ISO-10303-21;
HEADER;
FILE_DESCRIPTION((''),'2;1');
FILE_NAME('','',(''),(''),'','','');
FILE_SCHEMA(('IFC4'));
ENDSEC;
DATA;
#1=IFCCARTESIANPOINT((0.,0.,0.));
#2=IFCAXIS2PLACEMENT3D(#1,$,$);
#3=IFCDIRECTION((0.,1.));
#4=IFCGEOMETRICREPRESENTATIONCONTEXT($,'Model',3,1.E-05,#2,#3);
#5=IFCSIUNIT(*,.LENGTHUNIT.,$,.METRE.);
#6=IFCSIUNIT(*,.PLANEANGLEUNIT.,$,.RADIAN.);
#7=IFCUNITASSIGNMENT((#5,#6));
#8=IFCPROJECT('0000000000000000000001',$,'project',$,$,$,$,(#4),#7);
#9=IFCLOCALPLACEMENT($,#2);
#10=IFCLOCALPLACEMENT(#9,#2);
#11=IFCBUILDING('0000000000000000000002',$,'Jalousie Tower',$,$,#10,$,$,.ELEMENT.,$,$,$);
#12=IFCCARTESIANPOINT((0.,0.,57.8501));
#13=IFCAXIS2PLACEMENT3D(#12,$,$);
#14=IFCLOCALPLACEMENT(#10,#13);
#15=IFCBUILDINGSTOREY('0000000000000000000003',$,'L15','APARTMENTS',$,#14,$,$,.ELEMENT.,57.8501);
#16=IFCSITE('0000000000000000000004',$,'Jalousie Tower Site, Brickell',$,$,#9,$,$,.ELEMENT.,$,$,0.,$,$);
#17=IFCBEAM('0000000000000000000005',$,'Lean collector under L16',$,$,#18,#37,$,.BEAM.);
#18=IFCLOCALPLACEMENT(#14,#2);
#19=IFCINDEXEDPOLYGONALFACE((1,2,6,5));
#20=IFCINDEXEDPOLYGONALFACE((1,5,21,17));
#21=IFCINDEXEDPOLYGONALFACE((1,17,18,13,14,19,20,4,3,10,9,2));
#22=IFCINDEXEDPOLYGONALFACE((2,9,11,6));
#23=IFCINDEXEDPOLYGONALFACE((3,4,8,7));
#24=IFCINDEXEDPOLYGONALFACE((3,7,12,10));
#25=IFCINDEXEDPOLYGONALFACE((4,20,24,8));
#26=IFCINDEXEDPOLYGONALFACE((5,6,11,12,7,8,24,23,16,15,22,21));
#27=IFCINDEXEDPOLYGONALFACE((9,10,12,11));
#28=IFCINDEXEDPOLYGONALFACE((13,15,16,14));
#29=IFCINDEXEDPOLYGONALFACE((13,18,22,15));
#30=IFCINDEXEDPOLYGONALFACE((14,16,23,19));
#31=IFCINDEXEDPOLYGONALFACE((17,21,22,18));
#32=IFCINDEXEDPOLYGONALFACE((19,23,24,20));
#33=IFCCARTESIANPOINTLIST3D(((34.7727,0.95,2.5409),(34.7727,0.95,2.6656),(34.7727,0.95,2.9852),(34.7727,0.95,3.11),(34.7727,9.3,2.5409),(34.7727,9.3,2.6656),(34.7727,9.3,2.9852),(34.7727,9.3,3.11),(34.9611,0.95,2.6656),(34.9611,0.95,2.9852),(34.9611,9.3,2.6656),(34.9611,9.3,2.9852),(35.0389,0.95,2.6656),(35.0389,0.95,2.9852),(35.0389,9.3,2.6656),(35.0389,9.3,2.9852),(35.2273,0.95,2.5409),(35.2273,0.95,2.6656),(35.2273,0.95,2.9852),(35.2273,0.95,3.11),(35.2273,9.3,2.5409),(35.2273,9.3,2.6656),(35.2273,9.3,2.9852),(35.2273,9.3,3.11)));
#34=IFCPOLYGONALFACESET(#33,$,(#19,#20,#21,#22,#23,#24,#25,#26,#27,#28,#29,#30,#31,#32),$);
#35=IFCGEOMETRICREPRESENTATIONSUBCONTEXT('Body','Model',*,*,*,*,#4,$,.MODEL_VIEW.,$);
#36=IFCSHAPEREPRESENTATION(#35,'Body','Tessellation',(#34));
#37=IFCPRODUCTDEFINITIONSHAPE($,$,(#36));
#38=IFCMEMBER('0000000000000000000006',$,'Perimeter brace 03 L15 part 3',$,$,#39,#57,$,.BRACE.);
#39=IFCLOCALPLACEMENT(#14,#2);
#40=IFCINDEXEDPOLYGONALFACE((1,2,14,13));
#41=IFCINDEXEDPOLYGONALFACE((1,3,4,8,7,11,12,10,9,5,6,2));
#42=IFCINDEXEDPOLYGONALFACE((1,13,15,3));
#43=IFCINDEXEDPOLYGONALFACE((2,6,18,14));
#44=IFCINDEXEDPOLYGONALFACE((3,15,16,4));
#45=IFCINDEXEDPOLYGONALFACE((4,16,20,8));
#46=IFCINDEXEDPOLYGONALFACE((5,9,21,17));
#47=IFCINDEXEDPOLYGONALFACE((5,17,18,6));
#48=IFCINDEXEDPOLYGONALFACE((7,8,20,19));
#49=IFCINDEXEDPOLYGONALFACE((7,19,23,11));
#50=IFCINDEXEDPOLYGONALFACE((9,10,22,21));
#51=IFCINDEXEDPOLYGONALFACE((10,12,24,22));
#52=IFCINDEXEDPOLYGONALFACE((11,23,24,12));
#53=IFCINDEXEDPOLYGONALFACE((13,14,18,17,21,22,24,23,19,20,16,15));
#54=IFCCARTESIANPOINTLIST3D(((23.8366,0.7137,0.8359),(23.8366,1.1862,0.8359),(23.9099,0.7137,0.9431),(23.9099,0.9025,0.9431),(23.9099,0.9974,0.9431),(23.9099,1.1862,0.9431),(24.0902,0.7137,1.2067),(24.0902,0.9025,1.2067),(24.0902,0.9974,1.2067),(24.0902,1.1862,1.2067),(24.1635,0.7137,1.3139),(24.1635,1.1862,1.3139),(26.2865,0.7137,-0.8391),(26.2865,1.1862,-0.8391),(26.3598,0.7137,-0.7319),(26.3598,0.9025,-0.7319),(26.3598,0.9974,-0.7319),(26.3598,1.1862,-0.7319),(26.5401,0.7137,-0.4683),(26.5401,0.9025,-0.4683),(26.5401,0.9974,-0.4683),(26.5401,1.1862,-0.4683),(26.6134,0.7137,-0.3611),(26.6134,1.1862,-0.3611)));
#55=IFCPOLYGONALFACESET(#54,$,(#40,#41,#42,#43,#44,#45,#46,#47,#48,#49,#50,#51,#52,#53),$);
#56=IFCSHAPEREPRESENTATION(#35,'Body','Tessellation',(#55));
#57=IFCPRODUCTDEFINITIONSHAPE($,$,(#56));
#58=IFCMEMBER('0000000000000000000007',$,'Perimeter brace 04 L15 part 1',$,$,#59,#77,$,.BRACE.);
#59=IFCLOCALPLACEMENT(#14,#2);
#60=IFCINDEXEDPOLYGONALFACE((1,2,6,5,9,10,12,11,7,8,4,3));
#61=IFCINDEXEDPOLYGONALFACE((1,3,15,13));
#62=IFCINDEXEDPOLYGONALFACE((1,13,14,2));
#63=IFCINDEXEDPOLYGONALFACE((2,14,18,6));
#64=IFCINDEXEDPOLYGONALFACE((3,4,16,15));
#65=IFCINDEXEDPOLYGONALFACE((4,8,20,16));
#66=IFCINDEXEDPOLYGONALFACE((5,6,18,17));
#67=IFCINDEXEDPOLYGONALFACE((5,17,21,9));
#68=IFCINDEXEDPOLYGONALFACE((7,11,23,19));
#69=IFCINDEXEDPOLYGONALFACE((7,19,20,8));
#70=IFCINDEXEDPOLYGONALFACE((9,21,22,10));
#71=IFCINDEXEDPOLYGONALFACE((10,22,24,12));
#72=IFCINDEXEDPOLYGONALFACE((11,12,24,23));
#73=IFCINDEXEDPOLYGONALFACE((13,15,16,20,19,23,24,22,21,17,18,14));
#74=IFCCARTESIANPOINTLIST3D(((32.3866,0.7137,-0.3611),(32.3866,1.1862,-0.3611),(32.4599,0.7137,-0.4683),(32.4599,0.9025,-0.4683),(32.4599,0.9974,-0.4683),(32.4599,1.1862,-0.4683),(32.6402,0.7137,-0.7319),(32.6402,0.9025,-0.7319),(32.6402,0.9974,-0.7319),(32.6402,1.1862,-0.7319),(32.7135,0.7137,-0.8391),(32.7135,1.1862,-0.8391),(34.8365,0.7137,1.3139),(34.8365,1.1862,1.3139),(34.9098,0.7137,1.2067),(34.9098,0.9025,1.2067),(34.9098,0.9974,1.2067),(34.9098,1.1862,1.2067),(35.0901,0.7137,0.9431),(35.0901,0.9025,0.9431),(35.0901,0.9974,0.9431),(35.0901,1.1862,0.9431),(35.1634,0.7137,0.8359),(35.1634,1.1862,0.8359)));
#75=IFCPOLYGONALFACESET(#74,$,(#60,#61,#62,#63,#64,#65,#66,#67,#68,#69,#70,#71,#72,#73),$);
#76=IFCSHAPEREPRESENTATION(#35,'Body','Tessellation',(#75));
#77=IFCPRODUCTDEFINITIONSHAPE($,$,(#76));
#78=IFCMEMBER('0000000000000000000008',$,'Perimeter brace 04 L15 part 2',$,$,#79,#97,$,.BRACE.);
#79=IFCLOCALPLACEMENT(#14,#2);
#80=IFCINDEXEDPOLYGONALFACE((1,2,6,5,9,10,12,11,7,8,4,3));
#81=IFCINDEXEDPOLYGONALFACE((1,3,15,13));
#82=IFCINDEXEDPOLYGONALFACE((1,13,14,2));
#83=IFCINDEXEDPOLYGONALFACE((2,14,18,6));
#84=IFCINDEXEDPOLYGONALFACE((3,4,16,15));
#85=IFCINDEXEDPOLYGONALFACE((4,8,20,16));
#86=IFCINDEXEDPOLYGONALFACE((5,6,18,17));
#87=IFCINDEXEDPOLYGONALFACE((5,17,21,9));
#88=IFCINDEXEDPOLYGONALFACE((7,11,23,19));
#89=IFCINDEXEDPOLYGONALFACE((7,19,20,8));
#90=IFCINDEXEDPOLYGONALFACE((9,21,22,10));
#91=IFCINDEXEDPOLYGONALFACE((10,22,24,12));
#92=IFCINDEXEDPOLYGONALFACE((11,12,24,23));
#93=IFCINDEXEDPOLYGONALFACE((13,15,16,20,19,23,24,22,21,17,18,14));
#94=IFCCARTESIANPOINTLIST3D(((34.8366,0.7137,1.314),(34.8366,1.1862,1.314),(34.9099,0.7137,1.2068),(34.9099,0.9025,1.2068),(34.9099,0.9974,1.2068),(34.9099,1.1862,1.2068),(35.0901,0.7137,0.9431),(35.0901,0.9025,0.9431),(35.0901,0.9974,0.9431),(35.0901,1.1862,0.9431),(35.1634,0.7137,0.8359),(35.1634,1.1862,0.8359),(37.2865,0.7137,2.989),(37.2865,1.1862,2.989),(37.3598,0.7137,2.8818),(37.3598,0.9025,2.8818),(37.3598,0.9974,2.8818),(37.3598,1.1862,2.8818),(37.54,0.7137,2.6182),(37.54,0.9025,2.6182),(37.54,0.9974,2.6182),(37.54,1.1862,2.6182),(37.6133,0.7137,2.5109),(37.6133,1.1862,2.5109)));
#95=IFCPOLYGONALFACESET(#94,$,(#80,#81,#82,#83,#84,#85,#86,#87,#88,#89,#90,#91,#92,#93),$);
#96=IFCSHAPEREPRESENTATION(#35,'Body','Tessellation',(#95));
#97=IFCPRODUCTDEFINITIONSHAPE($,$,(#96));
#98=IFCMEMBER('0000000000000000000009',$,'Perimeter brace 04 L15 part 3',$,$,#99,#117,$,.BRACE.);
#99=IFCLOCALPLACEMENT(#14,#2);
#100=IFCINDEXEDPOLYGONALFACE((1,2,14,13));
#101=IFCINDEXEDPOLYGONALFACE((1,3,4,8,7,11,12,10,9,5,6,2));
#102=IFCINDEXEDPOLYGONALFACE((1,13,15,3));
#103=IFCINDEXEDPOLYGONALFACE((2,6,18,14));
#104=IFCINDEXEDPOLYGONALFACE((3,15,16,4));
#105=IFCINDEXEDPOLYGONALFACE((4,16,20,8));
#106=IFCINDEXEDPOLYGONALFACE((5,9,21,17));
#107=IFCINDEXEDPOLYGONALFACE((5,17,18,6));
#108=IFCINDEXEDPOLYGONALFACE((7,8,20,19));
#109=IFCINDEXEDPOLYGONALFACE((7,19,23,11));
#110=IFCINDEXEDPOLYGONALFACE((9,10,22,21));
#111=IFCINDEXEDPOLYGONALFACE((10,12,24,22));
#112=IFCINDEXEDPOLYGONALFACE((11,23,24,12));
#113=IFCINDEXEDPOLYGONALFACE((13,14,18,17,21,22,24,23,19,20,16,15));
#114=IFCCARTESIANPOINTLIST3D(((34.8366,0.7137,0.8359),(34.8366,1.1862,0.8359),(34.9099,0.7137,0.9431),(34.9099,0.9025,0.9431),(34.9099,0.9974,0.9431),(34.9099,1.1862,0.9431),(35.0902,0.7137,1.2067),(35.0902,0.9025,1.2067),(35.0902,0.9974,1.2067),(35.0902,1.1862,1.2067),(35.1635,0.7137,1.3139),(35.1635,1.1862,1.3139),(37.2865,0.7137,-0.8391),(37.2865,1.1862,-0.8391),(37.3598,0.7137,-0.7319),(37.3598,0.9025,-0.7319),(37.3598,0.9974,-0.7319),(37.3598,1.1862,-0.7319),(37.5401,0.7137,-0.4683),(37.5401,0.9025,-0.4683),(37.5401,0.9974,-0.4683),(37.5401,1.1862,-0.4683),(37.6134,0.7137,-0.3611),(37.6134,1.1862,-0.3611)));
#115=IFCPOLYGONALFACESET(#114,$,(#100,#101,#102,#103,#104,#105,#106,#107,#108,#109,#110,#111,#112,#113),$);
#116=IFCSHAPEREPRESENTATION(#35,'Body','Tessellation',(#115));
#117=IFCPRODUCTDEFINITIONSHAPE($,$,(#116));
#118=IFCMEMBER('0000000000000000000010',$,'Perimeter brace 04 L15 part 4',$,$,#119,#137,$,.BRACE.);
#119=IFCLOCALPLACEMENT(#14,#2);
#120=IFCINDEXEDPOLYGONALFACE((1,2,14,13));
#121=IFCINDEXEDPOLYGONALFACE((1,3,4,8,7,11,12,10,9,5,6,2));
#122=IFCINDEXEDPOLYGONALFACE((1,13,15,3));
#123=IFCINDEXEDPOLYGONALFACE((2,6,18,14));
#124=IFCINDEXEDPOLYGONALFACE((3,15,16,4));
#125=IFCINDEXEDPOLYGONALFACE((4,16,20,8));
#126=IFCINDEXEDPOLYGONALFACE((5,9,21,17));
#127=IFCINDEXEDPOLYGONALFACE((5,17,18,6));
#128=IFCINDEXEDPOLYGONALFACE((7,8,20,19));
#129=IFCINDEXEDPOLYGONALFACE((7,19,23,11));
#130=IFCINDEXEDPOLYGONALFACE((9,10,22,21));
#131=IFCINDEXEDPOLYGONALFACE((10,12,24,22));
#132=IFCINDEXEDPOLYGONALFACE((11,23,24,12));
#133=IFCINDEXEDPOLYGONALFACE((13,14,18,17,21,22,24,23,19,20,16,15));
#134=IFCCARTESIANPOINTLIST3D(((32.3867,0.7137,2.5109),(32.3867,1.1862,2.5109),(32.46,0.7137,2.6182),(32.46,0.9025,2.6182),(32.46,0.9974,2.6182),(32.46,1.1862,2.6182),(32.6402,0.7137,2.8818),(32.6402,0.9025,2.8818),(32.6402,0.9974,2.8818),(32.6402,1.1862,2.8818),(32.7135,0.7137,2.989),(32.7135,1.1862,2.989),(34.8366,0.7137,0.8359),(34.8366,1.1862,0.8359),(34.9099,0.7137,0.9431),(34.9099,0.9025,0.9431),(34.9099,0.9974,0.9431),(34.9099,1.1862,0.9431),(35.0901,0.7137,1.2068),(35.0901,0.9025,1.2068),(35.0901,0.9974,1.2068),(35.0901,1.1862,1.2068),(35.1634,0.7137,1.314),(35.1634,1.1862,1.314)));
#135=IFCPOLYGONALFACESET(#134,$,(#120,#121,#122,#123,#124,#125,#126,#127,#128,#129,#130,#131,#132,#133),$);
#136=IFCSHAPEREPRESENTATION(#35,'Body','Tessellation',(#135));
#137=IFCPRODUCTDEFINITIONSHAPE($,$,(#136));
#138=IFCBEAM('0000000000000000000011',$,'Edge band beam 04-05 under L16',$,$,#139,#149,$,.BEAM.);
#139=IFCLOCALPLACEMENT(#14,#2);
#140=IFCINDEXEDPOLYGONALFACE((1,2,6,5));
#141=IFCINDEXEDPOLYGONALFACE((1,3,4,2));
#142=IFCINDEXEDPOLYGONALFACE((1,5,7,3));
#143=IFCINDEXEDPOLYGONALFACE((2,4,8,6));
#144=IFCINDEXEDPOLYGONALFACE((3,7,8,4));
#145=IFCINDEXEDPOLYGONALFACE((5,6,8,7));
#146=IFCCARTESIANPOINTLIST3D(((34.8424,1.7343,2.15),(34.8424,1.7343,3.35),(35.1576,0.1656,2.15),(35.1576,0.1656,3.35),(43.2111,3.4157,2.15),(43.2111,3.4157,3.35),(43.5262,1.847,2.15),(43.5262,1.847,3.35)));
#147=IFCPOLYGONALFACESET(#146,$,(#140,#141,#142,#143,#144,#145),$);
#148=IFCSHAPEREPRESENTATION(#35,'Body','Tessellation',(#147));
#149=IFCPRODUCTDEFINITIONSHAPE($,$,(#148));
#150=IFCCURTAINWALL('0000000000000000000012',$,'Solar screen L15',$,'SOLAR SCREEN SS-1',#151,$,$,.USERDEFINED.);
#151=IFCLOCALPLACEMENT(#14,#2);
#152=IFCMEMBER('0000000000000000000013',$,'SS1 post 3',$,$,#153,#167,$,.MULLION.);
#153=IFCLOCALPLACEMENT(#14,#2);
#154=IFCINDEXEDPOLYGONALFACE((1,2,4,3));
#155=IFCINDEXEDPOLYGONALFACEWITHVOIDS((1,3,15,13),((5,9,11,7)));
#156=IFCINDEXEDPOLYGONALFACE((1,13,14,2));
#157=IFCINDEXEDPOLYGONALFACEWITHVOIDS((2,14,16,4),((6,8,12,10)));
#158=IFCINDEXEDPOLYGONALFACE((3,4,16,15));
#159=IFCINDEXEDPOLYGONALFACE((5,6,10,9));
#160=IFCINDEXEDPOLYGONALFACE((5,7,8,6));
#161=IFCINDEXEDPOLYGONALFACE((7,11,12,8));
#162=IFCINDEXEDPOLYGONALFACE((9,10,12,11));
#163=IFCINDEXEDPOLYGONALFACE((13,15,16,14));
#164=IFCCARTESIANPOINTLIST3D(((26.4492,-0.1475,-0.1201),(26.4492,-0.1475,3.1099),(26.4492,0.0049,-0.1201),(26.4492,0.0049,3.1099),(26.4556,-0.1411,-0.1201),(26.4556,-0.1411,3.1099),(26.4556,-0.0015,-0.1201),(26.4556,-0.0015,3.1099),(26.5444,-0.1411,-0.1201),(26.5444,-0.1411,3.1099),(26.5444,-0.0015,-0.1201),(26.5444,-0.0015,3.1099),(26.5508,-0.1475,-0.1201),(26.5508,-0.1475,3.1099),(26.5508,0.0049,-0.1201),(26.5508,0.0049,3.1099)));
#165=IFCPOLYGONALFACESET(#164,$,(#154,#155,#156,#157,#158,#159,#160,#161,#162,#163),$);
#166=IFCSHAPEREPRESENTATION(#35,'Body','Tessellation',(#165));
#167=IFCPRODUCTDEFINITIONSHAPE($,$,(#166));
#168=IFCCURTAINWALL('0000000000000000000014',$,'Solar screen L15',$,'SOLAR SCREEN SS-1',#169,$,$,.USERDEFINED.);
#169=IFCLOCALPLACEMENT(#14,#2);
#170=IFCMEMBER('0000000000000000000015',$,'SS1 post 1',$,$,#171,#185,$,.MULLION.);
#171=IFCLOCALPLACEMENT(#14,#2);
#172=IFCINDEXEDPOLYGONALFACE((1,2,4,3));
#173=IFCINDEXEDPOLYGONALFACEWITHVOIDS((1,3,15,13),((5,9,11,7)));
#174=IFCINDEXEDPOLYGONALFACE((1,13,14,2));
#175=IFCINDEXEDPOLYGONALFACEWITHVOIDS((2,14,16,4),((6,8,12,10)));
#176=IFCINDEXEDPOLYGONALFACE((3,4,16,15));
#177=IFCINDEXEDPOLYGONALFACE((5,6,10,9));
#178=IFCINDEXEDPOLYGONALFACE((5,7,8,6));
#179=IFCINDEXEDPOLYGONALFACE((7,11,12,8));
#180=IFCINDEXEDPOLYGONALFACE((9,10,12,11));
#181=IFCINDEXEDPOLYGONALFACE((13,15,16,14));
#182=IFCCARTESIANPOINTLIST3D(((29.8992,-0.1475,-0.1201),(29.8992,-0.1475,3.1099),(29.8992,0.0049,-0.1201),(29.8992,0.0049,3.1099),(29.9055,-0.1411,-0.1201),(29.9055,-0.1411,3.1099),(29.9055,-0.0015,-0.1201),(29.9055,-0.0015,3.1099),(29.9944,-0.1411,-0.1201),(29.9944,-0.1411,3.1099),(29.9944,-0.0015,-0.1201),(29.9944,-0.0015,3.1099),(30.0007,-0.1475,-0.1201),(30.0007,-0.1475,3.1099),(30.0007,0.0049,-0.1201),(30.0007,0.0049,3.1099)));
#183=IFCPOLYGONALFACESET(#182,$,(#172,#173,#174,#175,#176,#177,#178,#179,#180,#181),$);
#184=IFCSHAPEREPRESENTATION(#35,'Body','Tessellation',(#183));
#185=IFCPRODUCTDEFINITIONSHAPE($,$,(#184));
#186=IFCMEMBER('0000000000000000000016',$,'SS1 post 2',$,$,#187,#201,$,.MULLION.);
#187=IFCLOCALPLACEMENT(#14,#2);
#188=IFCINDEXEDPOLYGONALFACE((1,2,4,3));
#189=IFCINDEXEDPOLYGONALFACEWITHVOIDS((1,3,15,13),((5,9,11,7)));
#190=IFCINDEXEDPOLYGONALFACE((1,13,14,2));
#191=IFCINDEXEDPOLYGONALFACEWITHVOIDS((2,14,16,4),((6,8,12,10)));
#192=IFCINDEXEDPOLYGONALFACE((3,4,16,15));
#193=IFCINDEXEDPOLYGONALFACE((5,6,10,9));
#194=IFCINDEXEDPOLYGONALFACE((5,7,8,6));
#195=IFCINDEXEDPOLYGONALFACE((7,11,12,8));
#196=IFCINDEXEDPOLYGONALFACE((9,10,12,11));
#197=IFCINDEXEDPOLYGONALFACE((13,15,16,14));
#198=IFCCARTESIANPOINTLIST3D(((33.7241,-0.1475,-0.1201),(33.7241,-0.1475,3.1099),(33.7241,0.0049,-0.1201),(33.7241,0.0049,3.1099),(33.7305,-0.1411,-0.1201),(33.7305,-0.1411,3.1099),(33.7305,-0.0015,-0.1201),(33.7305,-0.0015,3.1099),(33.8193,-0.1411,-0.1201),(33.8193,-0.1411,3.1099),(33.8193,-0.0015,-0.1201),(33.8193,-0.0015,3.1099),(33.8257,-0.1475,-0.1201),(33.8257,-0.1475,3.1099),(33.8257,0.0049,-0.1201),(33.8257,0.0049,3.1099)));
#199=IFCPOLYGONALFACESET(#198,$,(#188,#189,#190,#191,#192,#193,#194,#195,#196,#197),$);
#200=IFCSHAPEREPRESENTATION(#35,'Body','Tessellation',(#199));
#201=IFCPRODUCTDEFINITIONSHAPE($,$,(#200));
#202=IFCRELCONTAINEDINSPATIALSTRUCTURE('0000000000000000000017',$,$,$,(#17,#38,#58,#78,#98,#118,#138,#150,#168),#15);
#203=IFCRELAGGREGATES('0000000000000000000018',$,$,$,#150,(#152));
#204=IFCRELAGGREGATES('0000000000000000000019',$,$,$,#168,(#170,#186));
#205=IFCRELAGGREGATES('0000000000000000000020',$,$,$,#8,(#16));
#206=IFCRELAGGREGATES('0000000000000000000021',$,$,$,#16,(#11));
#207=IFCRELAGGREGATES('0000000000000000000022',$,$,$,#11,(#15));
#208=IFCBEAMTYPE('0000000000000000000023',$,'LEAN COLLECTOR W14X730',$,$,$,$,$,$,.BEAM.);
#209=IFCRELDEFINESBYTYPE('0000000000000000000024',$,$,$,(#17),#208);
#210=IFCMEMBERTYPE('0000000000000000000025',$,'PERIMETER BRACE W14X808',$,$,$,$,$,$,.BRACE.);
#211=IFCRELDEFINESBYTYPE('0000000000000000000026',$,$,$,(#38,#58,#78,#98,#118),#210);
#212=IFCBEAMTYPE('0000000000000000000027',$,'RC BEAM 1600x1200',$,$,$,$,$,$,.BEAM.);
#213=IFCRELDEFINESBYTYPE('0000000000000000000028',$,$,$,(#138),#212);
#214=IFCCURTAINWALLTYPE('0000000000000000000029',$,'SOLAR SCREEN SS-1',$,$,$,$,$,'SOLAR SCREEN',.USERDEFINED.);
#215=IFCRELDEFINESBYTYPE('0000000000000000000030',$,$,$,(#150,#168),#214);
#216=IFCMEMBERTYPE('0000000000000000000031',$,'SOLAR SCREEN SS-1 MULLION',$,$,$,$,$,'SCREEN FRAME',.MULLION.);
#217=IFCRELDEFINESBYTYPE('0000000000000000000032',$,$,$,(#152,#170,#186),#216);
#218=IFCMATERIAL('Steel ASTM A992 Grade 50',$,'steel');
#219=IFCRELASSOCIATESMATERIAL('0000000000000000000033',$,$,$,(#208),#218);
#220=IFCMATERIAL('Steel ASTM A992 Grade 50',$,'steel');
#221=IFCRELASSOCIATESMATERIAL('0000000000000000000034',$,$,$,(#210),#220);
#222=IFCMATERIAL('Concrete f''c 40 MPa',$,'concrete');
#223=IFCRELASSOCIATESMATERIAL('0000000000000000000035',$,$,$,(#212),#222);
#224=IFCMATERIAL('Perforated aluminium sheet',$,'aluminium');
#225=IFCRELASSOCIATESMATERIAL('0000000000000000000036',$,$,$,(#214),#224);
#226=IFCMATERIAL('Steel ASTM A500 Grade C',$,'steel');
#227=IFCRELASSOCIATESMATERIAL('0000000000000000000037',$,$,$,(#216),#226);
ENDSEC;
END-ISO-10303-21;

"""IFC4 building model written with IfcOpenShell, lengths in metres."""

from ifc_helpers import new_model, si_unit, direction, frame, origin, origin_2d, place, context, subcontext, project, spatial, rectangle, hollow_rectangle, i_section, extrude, material, material_profile, profile_set, type_object, element, aggregate, save


model = new_model("IFC4")

# Units and contexts
model_context = context("Model", 3, precision=1e-05, world=origin(), true_north=direction((0.0, 1.0)))
body_context = subcontext(model_context, "Body", "Model", "MODEL_VIEW")
ifc_project = project(units=[si_unit("LENGTHUNIT", "METRE"), si_unit("PLANEANGLEUNIT", "RADIAN")], contexts=[model_context])

# Site, building, storey
site_placement = place(None, origin())
site = spatial("IfcSite", under=ifc_project, at=site_placement, Name="Jalousie Tower Site, Brickell", CompositionType="ELEMENT", RefElevation=0.0)
building_placement = place(site_placement, origin())
building = spatial("IfcBuilding", under=site, at=building_placement, Name="Jalousie Tower", CompositionType="ELEMENT")
storey_placement = place(building_placement, frame((0.0, 0.0, 57.8501)))
storey = spatial("IfcBuildingStorey", under=building, at=storey_placement, Name="L15", Description="APARTMENTS", CompositionType="ELEMENT", Elevation=57.8501)

# Beam
ifc_material_1 = material(Name="Steel ASTM A992 Grade 50", Category="steel")
ifc_material_profile_1 = material_profile(ifc_material_1, i_section(OverallWidth=0.4546, OverallDepth=0.5691, WebThickness=0.0779, FlangeThickness=0.1248, at=origin_2d()), Name="W14X730")
ifc_profile_set_1 = profile_set([ifc_material_profile_1], Name="Steel ASTM A992 Grade 50")
beam_type_1 = type_object("IfcBeamType", Name="LEAN COLLECTOR W14X730", PredefinedType="BEAM", material=ifc_profile_set_1)
beam_1_placement = place(storey_placement, frame((35.0, 0.95, 2.8254), z_axis=(0.0, 1.0, 0.0), x_axis=(-1.0, 0.0, 0.0)))
element("IfcBeam", 1, at=beam_1_placement, inside=storey, type_object=beam_type_1, Name="Lean collector under L16", PredefinedType="BEAM", context=body_context, shape_type="SweptSolid", body=[
    extrude(i_section(OverallWidth=0.4546, OverallDepth=0.5691, WebThickness=0.0779, FlangeThickness=0.1248, at=origin_2d()), origin(), (0.0, 0.0, 1.0), 8.3501),
])

# Members
ifc_material_2 = material(Name="Steel ASTM A992 Grade 50", Category="steel")
ifc_material_profile_2 = material_profile(ifc_material_2, i_section(OverallWidth=0.4724, OverallDepth=0.5791, WebThickness=0.095, FlangeThickness=0.1299, at=origin_2d()), Name="W14X808")
ifc_profile_set_2 = profile_set([ifc_material_profile_2], Name="Steel ASTM A992 Grade 50")
member_type_1 = type_object("IfcMemberType", Name="PERIMETER BRACE W14X808", PredefinedType="BRACE", material=ifc_profile_set_2)
for number, where, z_axis, x_axis, name in (
    (2, (26.45, 0.95, -0.6001), (-0.825501, 0.0, 0.564401), (0.0, -1.0, 0.0), "Perimeter brace 03 L15 part 3"),
    (3, (32.55, 0.95, -0.6001), (0.825501, 0.0, 0.564401), (0.0, 1.0, 0.0), "Perimeter brace 04 L15 part 1"),
    (4, (35.0, 0.95, 1.075), (0.825501, 0.0, 0.564401), (0.0, 1.0, 0.0), "Perimeter brace 04 L15 part 2"),
    (5, (37.45, 0.95, -0.6001), (-0.825501, 0.0, 0.564401), (0.0, -1.0, 0.0), "Perimeter brace 04 L15 part 3"),
    (6, (35.0, 0.95, 1.075), (-0.825501, 0.0, 0.564401), (0.0, -1.0, 0.0), "Perimeter brace 04 L15 part 4"),
):
    element("IfcMember", number, at=place(storey_placement, frame(where, z_axis=z_axis, x_axis=x_axis)), inside=storey, type_object=member_type_1, Name=name, PredefinedType="BRACE", context=body_context, shape_type="SweptSolid", body=[
        extrude(i_section(OverallWidth=0.4724, OverallDepth=0.5791, WebThickness=0.095, FlangeThickness=0.1299, at=origin_2d()), origin(), (0.0, 0.0, 1.0), 2.9678),
    ])

# Beam
ifc_material_3 = material(Name="Concrete f'c 40 MPa", Category="concrete")
ifc_material_profile_3 = material_profile(ifc_material_3, rectangle(XDim=1.6001, YDim=1.2, at=origin_2d()), Name="RC 1600x1200")
ifc_profile_set_3 = profile_set([ifc_material_profile_3], Name="Concrete f'c 40 MPa")
beam_type_2 = type_object("IfcBeamType", Name="RC BEAM 1600x1200", PredefinedType="BEAM", material=ifc_profile_set_3)
beam_2_placement = place(storey_placement, frame((35.0, 0.95, 2.75), z_axis=(0.980408, 0.19698, 0.0), x_axis=(-0.19698, 0.980408, 0.0)))
element("IfcBeam", 7, at=beam_2_placement, inside=storey, type_object=beam_type_2, Name="Edge band beam 04-05 under L16", PredefinedType="BEAM", context=body_context, shape_type="SweptSolid", body=[
    extrude(rectangle(XDim=1.6001, YDim=1.2, at=origin_2d()), origin(), (0.0, 0.0, 1.0), 8.5359),
])

# Curtain wall, member
ifc_material_4 = material(Name="Perforated aluminium sheet", Category="aluminium")
curtain_wall_type = type_object("IfcCurtainWallType", Name="SOLAR SCREEN SS-1", ElementType="SOLAR SCREEN", PredefinedType="USERDEFINED", material=ifc_material_4)
curtain_wall_1_placement = place(storey_placement, origin())
curtain_wall_1 = element("IfcCurtainWall", 8, at=curtain_wall_1_placement, inside=storey, type_object=curtain_wall_type, Name="Solar screen L15", ObjectType="SOLAR SCREEN SS-1", PredefinedType="USERDEFINED")
ifc_material_5 = material(Name="Steel ASTM A500 Grade C", Category="steel")
ifc_material_profile_4 = material_profile(ifc_material_5, hollow_rectangle(XDim=0.1016, YDim=0.1523, WallThickness=0.0063, at=origin_2d()), Name="HSS6X4X1/4")
ifc_profile_set_4 = profile_set([ifc_material_profile_4], Name="Steel ASTM A500 Grade C")
member_type_2 = type_object("IfcMemberType", Name="SOLAR SCREEN SS-1 MULLION", ElementType="SCREEN FRAME", PredefinedType="MULLION", material=ifc_profile_set_4)
member_1_placement = place(storey_placement, frame((26.5, -0.0713, -0.1201), z_axis=(0.0, 0.0, 1.0), x_axis=(1.0, 0.0, 0.0)))
member_1 = element("IfcMember", 9, at=member_1_placement, type_object=member_type_2, Name="SS1 post 3", PredefinedType="MULLION", context=body_context, shape_type="SweptSolid", body=[
    extrude(hollow_rectangle(XDim=0.1016, YDim=0.1523, WallThickness=0.0063, at=origin_2d()), origin(), (0.0, 0.0, 1.0), 3.23),
])
aggregate(curtain_wall_1, [member_1])

# Curtain wall, members
curtain_wall_2_placement = place(storey_placement, origin())
curtain_wall_2 = element("IfcCurtainWall", 10, at=curtain_wall_2_placement, inside=storey, type_object=curtain_wall_type, Name="Solar screen L15", ObjectType="SOLAR SCREEN SS-1", PredefinedType="USERDEFINED")
member_2_placement = place(storey_placement, frame((29.95, -0.0713, -0.1201), z_axis=(0.0, 0.0, 1.0), x_axis=(1.0, 0.0, 0.0)))
member_2 = element("IfcMember", 11, at=member_2_placement, type_object=member_type_2, Name="SS1 post 1", PredefinedType="MULLION", context=body_context, shape_type="SweptSolid", body=[
    extrude(hollow_rectangle(XDim=0.1016, YDim=0.1523, WallThickness=0.0063, at=origin_2d()), origin(), (0.0, 0.0, 1.0), 3.23),
])
member_3_placement = place(storey_placement, frame((33.7749, -0.0713, -0.1201), z_axis=(0.0, 0.0, 1.0), x_axis=(1.0, 0.0, 0.0)))
member_3 = element("IfcMember", 12, at=member_3_placement, type_object=member_type_2, Name="SS1 post 2", PredefinedType="MULLION", context=body_context, shape_type="SweptSolid", body=[
    extrude(hollow_rectangle(XDim=0.1016, YDim=0.1523, WallThickness=0.0063, at=origin_2d()), origin(), (0.0, 0.0, 1.0), 3.23),
])
aggregate(curtain_wall_2, [member_2, member_3])

save(model, "model.ifc")
